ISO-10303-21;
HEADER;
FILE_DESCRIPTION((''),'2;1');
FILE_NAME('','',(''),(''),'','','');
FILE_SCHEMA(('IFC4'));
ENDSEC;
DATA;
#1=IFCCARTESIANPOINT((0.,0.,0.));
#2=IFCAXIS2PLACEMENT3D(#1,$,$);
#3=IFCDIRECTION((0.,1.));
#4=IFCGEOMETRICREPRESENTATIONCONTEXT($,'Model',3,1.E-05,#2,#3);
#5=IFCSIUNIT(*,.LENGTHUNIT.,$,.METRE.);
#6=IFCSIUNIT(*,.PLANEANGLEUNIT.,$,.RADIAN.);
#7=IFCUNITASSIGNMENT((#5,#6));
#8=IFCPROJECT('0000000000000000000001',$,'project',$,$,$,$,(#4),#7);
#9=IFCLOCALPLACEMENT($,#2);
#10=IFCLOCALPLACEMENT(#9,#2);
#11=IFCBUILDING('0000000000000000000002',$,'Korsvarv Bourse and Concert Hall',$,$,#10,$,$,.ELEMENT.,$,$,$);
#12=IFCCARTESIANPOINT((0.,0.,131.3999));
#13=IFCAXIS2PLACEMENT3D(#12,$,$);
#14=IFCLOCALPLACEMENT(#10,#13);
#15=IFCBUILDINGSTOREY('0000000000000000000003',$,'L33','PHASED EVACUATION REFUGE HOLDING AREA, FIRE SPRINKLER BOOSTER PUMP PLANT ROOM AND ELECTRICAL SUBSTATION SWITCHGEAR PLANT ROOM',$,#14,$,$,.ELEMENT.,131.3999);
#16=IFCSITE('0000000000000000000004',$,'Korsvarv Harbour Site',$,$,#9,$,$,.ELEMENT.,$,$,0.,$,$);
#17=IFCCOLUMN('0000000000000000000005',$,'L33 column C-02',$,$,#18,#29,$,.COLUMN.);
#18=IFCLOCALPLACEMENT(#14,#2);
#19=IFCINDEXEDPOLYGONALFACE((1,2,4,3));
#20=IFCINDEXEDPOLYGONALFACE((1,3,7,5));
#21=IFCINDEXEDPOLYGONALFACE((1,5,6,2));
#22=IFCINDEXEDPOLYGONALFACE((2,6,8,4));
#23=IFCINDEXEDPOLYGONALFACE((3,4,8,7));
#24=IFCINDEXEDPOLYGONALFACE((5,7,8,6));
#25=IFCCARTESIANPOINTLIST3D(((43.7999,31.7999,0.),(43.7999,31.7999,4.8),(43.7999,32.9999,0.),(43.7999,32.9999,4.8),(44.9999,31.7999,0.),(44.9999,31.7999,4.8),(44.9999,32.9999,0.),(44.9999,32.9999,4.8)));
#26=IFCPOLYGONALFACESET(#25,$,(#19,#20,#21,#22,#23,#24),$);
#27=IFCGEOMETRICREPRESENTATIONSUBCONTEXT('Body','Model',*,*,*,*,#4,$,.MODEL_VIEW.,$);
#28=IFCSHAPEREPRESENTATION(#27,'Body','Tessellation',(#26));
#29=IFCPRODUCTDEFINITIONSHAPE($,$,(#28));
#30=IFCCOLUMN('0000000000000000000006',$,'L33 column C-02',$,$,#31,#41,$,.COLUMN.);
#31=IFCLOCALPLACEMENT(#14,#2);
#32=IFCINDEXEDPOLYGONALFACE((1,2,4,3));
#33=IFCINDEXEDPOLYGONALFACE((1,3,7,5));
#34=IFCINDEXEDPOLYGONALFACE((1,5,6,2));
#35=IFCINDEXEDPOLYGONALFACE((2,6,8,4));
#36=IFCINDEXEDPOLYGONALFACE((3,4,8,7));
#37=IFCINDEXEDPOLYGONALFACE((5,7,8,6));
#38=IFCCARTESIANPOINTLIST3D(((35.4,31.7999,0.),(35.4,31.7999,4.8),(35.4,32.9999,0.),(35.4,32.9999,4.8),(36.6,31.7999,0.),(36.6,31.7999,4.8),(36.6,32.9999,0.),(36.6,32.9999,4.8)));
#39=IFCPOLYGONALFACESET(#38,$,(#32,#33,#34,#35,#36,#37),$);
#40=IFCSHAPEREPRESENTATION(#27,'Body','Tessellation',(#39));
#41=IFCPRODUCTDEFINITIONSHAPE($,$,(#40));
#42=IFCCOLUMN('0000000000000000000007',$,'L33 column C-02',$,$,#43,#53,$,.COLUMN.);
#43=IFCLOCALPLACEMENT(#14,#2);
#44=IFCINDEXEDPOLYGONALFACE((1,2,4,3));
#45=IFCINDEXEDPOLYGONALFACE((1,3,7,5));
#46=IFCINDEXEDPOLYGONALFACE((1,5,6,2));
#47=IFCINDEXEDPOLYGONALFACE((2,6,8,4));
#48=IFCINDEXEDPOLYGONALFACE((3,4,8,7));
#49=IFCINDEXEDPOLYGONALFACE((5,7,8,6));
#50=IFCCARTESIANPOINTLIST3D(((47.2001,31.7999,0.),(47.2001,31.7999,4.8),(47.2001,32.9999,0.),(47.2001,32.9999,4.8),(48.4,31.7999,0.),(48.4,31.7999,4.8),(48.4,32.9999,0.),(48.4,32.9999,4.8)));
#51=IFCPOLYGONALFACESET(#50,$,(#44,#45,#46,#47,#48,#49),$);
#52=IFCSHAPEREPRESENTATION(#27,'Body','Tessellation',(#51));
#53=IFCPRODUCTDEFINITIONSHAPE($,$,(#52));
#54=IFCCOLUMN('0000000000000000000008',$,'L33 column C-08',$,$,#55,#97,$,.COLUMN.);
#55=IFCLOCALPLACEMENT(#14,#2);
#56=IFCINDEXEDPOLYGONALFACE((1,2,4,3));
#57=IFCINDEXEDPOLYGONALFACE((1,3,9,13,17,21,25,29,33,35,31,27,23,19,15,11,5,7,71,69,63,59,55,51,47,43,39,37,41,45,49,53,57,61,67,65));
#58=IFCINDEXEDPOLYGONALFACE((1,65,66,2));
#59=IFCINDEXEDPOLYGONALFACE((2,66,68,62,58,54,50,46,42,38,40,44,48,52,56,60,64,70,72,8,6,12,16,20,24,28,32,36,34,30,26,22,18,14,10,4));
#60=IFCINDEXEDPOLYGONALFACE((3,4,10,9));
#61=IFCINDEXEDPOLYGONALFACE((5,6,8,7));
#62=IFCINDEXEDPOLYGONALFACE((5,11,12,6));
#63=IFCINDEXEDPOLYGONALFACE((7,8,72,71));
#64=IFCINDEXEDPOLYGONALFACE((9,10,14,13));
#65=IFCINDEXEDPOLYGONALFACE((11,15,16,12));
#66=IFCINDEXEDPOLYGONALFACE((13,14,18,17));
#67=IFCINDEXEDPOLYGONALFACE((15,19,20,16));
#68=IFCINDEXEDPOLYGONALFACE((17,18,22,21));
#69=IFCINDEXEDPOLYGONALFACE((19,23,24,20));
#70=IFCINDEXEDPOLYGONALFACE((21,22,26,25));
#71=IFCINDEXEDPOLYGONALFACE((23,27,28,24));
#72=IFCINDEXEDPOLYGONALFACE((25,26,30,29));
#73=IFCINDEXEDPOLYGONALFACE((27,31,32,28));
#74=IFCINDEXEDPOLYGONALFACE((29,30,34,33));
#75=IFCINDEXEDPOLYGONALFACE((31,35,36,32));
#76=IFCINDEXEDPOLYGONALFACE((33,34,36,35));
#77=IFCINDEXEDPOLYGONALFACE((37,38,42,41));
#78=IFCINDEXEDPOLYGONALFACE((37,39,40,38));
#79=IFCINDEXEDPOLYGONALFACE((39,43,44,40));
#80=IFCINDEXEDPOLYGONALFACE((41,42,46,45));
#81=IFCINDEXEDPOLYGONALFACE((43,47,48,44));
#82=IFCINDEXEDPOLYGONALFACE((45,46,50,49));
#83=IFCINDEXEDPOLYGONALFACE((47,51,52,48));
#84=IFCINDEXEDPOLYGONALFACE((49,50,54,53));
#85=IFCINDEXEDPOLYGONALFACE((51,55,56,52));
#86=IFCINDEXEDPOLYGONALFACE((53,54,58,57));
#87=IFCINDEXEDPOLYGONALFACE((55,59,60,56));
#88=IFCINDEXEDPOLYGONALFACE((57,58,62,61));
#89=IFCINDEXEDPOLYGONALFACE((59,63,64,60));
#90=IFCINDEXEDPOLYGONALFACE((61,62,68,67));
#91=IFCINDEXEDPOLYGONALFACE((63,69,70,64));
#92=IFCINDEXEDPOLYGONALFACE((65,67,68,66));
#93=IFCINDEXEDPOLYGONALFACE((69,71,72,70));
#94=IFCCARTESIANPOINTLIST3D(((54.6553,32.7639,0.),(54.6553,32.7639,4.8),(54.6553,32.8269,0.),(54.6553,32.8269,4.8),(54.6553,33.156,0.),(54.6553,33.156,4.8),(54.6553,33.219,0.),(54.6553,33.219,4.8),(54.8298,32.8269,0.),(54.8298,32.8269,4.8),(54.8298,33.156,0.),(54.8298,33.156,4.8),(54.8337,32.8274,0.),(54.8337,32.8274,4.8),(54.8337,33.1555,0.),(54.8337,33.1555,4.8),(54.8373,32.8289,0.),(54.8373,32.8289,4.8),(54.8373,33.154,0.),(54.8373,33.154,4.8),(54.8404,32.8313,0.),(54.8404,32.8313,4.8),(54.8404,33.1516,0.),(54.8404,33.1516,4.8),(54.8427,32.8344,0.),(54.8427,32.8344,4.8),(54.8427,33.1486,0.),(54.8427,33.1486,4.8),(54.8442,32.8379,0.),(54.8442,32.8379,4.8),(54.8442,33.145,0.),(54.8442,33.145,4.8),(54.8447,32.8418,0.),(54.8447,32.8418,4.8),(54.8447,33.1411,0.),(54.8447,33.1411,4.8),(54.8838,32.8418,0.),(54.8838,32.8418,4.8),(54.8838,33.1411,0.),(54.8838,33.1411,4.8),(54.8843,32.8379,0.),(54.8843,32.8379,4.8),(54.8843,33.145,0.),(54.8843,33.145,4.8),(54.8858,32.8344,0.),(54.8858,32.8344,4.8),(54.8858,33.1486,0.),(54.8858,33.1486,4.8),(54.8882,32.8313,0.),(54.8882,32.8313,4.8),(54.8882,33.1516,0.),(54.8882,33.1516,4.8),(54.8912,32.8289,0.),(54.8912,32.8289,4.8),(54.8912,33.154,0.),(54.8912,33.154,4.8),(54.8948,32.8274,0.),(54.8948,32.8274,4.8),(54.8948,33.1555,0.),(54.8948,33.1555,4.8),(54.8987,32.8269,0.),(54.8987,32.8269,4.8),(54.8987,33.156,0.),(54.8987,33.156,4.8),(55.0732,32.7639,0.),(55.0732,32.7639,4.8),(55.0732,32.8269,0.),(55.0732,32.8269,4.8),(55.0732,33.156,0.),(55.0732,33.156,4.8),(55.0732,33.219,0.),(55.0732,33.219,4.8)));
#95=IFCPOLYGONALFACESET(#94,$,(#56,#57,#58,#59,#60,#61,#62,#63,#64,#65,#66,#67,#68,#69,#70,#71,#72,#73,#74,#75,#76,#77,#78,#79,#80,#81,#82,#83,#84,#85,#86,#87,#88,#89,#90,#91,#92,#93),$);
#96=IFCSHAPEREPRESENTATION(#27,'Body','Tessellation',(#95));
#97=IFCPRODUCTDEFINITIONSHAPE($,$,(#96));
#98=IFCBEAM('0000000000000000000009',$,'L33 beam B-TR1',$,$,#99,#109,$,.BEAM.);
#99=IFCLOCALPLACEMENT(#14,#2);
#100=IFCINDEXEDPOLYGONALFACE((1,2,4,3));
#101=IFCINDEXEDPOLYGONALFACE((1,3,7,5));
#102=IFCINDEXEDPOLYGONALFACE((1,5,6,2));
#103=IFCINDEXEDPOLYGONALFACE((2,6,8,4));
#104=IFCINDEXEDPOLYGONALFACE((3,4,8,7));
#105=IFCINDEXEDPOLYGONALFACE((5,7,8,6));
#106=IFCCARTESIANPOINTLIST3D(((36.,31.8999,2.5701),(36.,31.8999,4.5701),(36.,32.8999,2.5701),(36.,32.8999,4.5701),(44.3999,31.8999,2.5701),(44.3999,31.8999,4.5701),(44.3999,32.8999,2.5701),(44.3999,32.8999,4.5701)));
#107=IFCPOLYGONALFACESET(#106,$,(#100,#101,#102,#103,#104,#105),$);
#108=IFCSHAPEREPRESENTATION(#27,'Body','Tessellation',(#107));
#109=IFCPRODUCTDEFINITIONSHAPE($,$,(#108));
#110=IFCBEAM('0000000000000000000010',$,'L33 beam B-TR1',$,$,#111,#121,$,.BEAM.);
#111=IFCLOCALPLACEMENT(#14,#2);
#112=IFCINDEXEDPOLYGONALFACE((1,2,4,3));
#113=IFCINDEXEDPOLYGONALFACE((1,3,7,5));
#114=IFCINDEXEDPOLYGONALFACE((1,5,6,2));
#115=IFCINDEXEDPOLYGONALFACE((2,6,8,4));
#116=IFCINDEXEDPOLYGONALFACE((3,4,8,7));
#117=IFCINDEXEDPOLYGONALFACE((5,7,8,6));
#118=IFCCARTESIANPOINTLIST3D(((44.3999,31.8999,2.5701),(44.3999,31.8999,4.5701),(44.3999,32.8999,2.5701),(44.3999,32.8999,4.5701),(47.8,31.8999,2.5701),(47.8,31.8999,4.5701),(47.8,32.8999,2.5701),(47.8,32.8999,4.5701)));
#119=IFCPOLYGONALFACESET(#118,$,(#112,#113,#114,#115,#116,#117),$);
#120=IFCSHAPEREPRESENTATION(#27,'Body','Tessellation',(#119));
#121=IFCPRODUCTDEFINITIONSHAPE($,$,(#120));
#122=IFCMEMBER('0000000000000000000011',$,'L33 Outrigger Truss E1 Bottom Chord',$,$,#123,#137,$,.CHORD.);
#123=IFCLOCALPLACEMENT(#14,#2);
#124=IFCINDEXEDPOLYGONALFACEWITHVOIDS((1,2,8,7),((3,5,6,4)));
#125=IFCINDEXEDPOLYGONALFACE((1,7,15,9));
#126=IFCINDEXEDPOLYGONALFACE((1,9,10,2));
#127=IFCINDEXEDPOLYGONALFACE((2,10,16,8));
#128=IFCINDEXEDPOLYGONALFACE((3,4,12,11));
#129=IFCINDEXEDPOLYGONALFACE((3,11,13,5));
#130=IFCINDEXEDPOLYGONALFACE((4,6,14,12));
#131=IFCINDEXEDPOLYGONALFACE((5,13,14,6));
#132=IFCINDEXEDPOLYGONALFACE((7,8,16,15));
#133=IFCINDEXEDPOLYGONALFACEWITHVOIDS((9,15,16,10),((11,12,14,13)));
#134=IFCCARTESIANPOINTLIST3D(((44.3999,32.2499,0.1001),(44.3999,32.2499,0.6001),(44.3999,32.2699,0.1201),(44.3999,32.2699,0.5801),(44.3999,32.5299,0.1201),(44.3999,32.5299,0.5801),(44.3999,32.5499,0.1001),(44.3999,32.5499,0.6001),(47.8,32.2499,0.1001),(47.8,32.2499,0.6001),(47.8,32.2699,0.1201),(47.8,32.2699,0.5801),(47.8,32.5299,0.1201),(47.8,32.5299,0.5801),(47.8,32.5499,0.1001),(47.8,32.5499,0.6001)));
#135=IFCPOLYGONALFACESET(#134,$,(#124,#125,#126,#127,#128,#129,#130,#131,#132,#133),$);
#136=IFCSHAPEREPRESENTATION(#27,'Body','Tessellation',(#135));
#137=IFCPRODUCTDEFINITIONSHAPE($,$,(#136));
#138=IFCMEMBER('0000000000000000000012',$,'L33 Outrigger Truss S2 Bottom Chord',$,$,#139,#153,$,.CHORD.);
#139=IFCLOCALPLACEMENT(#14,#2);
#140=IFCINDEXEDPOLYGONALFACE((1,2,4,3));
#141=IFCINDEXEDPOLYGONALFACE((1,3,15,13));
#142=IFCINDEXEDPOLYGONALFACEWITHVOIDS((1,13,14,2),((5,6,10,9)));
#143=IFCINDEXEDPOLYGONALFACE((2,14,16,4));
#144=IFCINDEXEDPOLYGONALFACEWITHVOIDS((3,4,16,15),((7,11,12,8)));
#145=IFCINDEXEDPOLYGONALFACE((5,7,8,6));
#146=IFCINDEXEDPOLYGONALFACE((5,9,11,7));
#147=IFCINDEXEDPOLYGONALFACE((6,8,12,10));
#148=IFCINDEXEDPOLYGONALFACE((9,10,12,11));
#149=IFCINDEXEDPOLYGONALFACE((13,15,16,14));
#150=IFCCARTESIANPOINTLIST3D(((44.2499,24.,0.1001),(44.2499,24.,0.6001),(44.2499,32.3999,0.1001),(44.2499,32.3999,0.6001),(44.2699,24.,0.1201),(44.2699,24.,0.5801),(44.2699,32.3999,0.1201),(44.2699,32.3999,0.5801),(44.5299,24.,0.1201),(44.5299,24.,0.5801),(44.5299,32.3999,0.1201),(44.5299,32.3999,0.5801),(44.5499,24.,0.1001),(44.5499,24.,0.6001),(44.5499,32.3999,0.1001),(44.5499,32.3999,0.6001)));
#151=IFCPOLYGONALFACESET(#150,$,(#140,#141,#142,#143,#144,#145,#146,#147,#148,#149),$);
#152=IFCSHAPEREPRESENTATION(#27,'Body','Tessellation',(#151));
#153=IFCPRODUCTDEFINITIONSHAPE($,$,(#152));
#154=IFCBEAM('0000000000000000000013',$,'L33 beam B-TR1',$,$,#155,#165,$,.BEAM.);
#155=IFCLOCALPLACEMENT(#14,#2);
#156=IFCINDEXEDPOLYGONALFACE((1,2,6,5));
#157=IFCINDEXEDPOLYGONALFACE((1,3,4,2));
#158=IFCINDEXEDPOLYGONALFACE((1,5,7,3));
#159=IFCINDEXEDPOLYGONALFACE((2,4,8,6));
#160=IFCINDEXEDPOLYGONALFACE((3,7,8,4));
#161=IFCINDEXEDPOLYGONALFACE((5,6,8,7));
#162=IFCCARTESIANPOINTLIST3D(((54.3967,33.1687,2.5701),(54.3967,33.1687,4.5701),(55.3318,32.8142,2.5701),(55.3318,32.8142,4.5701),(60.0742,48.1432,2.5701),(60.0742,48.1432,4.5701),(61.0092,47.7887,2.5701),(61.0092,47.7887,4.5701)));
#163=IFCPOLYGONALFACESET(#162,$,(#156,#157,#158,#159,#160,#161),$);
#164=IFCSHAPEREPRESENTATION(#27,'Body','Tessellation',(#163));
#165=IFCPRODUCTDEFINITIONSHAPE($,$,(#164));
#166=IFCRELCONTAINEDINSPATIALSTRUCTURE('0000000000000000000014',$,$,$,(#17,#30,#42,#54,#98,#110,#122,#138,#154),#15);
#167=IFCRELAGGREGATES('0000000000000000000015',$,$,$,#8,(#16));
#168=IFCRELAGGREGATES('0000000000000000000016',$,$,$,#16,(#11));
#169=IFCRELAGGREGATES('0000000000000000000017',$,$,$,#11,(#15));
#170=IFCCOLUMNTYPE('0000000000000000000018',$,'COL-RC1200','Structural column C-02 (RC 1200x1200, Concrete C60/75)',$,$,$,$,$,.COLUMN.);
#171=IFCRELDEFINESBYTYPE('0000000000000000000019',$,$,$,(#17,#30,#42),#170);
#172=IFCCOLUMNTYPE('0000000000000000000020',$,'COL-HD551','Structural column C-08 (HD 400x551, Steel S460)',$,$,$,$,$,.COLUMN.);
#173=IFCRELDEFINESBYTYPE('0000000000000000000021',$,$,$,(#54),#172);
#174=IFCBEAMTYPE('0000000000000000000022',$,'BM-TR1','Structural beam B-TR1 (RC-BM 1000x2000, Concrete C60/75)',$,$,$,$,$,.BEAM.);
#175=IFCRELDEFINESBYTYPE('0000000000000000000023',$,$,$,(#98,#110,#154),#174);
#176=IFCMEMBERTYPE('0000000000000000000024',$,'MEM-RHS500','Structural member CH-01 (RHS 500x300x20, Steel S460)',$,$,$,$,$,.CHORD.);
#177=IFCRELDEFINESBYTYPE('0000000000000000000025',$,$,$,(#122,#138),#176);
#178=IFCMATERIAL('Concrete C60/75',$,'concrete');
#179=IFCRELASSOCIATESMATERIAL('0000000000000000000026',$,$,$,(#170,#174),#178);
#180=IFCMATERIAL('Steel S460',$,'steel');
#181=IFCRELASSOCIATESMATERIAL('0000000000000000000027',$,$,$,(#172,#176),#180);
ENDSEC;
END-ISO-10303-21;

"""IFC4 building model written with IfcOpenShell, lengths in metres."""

from ifc_helpers import new_model, si_unit, direction, frame, origin, origin_2d, place, context, subcontext, project, spatial, rectangle, hollow_rectangle, i_section, extrude, source, transform, mapped, material, material_profile, profile_set, type_object, element, save


model = new_model("IFC4")

# Units and contexts
model_context = context("Model", 3, precision=1e-05, world=origin(), true_north=direction((0.0, 1.0)))
body_context = subcontext(model_context, "Body", "Model", "MODEL_VIEW")
ifc_project = project(units=[si_unit("LENGTHUNIT", "METRE"), si_unit("PLANEANGLEUNIT", "RADIAN")], contexts=[model_context])

# Site, building, storey
site_placement = place(None, origin())
site = spatial("IfcSite", under=ifc_project, at=site_placement, Name="Korsvarv Harbour Site", CompositionType="ELEMENT", RefElevation=0.0)
building_placement = place(site_placement, origin())
building = spatial("IfcBuilding", under=site, at=building_placement, Name="Korsvarv Bourse and Concert Hall", CompositionType="ELEMENT")
storey_placement = place(building_placement, frame((0.0, 0.0, 131.3999)))
storey = spatial("IfcBuildingStorey", under=building, at=storey_placement, Name="L33", Description="PHASED EVACUATION REFUGE HOLDING AREA, FIRE SPRINKLER BOOSTER PUMP PLANT ROOM AND ELECTRICAL SUBSTATION SWITCHGEAR PLANT ROOM", CompositionType="ELEMENT", Elevation=131.3999)

# Columns
ifc_material_1 = material(Name="Concrete C60/75", Category="concrete")
ifc_material_profile_1 = material_profile(ifc_material_1, rectangle(XDim=1.2, YDim=1.2, at=origin_2d()), Name="RC 1200x1200")
ifc_profile_set_1 = profile_set([ifc_material_profile_1], Name="Concrete C60/75")
column_type_1 = type_object("IfcColumnType", Name="COL-RC1200", Description="Structural column C-02 (RC 1200x1200, Concrete C60/75)", PredefinedType="COLUMN", material=ifc_profile_set_1)
shared_shape_1 = source(origin(), body_context, "Body", "SweptSolid", [
    extrude(rectangle(XDim=1.2, YDim=1.2, at=origin_2d()), origin(), (0.0, 0.0, 1.0), 4.8),
])
for number, where, z_axis, x_axis, name in (
    (1, (44.3999, 32.3999, 0.0), (0.0, 0.0, 1.0), (1.0, 0.0, 0.0), "L33 column C-02"),
    (2, (36.0, 32.3999, 0.0), (0.0, 0.0, 1.0), (1.0, 0.0, 0.0), "L33 column C-02"),
    (3, (47.8, 32.3999, 0.0), (0.0, 0.0, 1.0), (1.0, 0.0, 0.0), "L33 column C-02"),
):
    element("IfcColumn", number, at=place(storey_placement, frame(where, z_axis=z_axis, x_axis=x_axis)), inside=storey, type_object=column_type_1, Name=name, PredefinedType="COLUMN", context=body_context, shape_type="MappedRepresentation", body=[
        mapped(shared_shape_1, transform((0.0, 0.0, 0.0), scale=1.0)),
    ])
ifc_material_2 = material(Name="Steel S460", Category="steel")
ifc_material_profile_2 = material_profile(ifc_material_2, i_section(OverallWidth=0.418, OverallDepth=0.4551, WebThickness=0.0391, FlangeThickness=0.063, FilletRadius=0.0149, at=origin_2d()), Name="HD 400x551")
ifc_profile_set_2 = profile_set([ifc_material_profile_2], Name="Steel S460")
column_type_2 = type_object("IfcColumnType", Name="COL-HD551", Description="Structural column C-08 (HD 400x551, Steel S460)", PredefinedType="COLUMN", material=ifc_profile_set_2)
shared_shape_2 = source(origin(), body_context, "Body", "SweptSolid", [
    extrude(i_section(OverallWidth=0.418, OverallDepth=0.4551, WebThickness=0.0391, FlangeThickness=0.063, FilletRadius=0.0149, at=origin_2d()), origin(), (0.0, 0.0, 1.0), 4.8),
])
column_placement = place(storey_placement, frame((54.8643, 32.9915, 0.0), z_axis=(0.0, 0.0, 1.0), x_axis=(1.0, 0.0, 0.0)))
element("IfcColumn", 4, at=column_placement, inside=storey, type_object=column_type_2, Name="L33 column C-08", PredefinedType="COLUMN", context=body_context, shape_type="MappedRepresentation", body=[
    mapped(shared_shape_2, transform((0.0, 0.0, 0.0), scale=1.0)),
])

# Beams
ifc_material_profile_3 = material_profile(ifc_material_1, rectangle(XDim=1.0, YDim=2.0, at=origin_2d()), Name="RC-BM 1000x2000")
ifc_profile_set_3 = profile_set([ifc_material_profile_3], Name="Concrete C60/75")
beam_type = type_object("IfcBeamType", Name="BM-TR1", Description="Structural beam B-TR1 (RC-BM 1000x2000, Concrete C60/75)", PredefinedType="BEAM", material=ifc_profile_set_3)
shared_shape_3 = source(origin(), body_context, "Body", "SweptSolid", [
    extrude(rectangle(XDim=1.0, YDim=2.0, at=origin_2d()), origin(), (0.0, 0.0, 1.0), 8.3999),
])
beam_1_placement = place(storey_placement, frame((36.0, 32.3999, 3.5701), z_axis=(1.0, 0.0, 0.0), x_axis=(0.0, 1.0, 0.0)))
element("IfcBeam", 5, at=beam_1_placement, inside=storey, type_object=beam_type, Name="L33 beam B-TR1", PredefinedType="BEAM", context=body_context, shape_type="MappedRepresentation", body=[
    mapped(shared_shape_3, transform((0.0, 0.0, 0.0), scale=1.0)),
])
shared_shape_4 = source(origin(), body_context, "Body", "SweptSolid", [
    extrude(rectangle(XDim=1.0, YDim=2.0, at=origin_2d()), origin(), (0.0, 0.0, 1.0), 3.4001),
])
beam_2_placement = place(storey_placement, frame((44.3999, 32.3999, 3.5701), z_axis=(1.0, 0.0, 0.0), x_axis=(0.0, 1.0, 0.0)))
element("IfcBeam", 6, at=beam_2_placement, inside=storey, type_object=beam_type, Name="L33 beam B-TR1", PredefinedType="BEAM", context=body_context, shape_type="MappedRepresentation", body=[
    mapped(shared_shape_4, transform((0.0, 0.0, 0.0), scale=1.0)),
])

# Members
ifc_material_profile_4 = material_profile(ifc_material_2, hollow_rectangle(XDim=0.3, YDim=0.5, WallThickness=0.02, at=origin_2d()), Name="RHS 500x300x20")
ifc_profile_set_4 = profile_set([ifc_material_profile_4], Name="Steel S460")
member_type_1 = type_object("IfcMemberType", Name="MEM-RHS500", Description="Structural member CH-01 (RHS 500x300x20, Steel S460)", PredefinedType="CHORD", material=ifc_profile_set_4)
shared_shape_5 = source(origin(), body_context, "Body", "SweptSolid", [
    extrude(hollow_rectangle(XDim=0.3, YDim=0.5, WallThickness=0.02, at=origin_2d()), origin(), (0.0, 0.0, 1.0), 3.4001),
])
member_1_placement = place(storey_placement, frame((44.3999, 32.3999, 0.3501), z_axis=(1.0, 0.0, 0.0), x_axis=(0.0, 1.0, 0.0)))
element("IfcMember", 7, at=member_1_placement, inside=storey, type_object=member_type_1, Name="L33 Outrigger Truss E1 Bottom Chord", PredefinedType="CHORD", context=body_context, shape_type="MappedRepresentation", body=[
    mapped(shared_shape_5, transform((0.0, 0.0, 0.0), scale=1.0)),
])
shared_shape_6 = source(origin(), body_context, "Body", "SweptSolid", [
    extrude(hollow_rectangle(XDim=0.3, YDim=0.5, WallThickness=0.02, at=origin_2d()), origin(), (0.0, 0.0, 1.0), 8.3999),
])
member_2_placement = place(storey_placement, frame((44.3999, 32.3999, 0.3501), z_axis=(0.0, -1.0, 0.0), x_axis=(1.0, 0.0, 0.0)))
element("IfcMember", 8, at=member_2_placement, inside=storey, type_object=member_type_1, Name="L33 Outrigger Truss S2 Bottom Chord", PredefinedType="CHORD", context=body_context, shape_type="MappedRepresentation", body=[
    mapped(shared_shape_6, transform((0.0, 0.0, 0.0), scale=1.0)),
])

# Beam
shared_shape_7 = source(origin(), body_context, "Body", "SweptSolid", [
    extrude(rectangle(XDim=1.0, YDim=2.0, at=origin_2d()), origin(), (0.0, 0.0, 1.0), 16.0146),
])
beam_3_placement = place(storey_placement, frame((54.8643, 32.9915, 3.5701), z_axis=(0.354516, 0.93505, 0.0), x_axis=(-0.93505, 0.354516, 0.0)))
element("IfcBeam", 9, at=beam_3_placement, inside=storey, type_object=beam_type, Name="L33 beam B-TR1", PredefinedType="BEAM", context=body_context, shape_type="MappedRepresentation", body=[
    mapped(shared_shape_7, transform((0.0, 0.0, 0.0), scale=1.0)),
])

save(model, "model.ifc")
